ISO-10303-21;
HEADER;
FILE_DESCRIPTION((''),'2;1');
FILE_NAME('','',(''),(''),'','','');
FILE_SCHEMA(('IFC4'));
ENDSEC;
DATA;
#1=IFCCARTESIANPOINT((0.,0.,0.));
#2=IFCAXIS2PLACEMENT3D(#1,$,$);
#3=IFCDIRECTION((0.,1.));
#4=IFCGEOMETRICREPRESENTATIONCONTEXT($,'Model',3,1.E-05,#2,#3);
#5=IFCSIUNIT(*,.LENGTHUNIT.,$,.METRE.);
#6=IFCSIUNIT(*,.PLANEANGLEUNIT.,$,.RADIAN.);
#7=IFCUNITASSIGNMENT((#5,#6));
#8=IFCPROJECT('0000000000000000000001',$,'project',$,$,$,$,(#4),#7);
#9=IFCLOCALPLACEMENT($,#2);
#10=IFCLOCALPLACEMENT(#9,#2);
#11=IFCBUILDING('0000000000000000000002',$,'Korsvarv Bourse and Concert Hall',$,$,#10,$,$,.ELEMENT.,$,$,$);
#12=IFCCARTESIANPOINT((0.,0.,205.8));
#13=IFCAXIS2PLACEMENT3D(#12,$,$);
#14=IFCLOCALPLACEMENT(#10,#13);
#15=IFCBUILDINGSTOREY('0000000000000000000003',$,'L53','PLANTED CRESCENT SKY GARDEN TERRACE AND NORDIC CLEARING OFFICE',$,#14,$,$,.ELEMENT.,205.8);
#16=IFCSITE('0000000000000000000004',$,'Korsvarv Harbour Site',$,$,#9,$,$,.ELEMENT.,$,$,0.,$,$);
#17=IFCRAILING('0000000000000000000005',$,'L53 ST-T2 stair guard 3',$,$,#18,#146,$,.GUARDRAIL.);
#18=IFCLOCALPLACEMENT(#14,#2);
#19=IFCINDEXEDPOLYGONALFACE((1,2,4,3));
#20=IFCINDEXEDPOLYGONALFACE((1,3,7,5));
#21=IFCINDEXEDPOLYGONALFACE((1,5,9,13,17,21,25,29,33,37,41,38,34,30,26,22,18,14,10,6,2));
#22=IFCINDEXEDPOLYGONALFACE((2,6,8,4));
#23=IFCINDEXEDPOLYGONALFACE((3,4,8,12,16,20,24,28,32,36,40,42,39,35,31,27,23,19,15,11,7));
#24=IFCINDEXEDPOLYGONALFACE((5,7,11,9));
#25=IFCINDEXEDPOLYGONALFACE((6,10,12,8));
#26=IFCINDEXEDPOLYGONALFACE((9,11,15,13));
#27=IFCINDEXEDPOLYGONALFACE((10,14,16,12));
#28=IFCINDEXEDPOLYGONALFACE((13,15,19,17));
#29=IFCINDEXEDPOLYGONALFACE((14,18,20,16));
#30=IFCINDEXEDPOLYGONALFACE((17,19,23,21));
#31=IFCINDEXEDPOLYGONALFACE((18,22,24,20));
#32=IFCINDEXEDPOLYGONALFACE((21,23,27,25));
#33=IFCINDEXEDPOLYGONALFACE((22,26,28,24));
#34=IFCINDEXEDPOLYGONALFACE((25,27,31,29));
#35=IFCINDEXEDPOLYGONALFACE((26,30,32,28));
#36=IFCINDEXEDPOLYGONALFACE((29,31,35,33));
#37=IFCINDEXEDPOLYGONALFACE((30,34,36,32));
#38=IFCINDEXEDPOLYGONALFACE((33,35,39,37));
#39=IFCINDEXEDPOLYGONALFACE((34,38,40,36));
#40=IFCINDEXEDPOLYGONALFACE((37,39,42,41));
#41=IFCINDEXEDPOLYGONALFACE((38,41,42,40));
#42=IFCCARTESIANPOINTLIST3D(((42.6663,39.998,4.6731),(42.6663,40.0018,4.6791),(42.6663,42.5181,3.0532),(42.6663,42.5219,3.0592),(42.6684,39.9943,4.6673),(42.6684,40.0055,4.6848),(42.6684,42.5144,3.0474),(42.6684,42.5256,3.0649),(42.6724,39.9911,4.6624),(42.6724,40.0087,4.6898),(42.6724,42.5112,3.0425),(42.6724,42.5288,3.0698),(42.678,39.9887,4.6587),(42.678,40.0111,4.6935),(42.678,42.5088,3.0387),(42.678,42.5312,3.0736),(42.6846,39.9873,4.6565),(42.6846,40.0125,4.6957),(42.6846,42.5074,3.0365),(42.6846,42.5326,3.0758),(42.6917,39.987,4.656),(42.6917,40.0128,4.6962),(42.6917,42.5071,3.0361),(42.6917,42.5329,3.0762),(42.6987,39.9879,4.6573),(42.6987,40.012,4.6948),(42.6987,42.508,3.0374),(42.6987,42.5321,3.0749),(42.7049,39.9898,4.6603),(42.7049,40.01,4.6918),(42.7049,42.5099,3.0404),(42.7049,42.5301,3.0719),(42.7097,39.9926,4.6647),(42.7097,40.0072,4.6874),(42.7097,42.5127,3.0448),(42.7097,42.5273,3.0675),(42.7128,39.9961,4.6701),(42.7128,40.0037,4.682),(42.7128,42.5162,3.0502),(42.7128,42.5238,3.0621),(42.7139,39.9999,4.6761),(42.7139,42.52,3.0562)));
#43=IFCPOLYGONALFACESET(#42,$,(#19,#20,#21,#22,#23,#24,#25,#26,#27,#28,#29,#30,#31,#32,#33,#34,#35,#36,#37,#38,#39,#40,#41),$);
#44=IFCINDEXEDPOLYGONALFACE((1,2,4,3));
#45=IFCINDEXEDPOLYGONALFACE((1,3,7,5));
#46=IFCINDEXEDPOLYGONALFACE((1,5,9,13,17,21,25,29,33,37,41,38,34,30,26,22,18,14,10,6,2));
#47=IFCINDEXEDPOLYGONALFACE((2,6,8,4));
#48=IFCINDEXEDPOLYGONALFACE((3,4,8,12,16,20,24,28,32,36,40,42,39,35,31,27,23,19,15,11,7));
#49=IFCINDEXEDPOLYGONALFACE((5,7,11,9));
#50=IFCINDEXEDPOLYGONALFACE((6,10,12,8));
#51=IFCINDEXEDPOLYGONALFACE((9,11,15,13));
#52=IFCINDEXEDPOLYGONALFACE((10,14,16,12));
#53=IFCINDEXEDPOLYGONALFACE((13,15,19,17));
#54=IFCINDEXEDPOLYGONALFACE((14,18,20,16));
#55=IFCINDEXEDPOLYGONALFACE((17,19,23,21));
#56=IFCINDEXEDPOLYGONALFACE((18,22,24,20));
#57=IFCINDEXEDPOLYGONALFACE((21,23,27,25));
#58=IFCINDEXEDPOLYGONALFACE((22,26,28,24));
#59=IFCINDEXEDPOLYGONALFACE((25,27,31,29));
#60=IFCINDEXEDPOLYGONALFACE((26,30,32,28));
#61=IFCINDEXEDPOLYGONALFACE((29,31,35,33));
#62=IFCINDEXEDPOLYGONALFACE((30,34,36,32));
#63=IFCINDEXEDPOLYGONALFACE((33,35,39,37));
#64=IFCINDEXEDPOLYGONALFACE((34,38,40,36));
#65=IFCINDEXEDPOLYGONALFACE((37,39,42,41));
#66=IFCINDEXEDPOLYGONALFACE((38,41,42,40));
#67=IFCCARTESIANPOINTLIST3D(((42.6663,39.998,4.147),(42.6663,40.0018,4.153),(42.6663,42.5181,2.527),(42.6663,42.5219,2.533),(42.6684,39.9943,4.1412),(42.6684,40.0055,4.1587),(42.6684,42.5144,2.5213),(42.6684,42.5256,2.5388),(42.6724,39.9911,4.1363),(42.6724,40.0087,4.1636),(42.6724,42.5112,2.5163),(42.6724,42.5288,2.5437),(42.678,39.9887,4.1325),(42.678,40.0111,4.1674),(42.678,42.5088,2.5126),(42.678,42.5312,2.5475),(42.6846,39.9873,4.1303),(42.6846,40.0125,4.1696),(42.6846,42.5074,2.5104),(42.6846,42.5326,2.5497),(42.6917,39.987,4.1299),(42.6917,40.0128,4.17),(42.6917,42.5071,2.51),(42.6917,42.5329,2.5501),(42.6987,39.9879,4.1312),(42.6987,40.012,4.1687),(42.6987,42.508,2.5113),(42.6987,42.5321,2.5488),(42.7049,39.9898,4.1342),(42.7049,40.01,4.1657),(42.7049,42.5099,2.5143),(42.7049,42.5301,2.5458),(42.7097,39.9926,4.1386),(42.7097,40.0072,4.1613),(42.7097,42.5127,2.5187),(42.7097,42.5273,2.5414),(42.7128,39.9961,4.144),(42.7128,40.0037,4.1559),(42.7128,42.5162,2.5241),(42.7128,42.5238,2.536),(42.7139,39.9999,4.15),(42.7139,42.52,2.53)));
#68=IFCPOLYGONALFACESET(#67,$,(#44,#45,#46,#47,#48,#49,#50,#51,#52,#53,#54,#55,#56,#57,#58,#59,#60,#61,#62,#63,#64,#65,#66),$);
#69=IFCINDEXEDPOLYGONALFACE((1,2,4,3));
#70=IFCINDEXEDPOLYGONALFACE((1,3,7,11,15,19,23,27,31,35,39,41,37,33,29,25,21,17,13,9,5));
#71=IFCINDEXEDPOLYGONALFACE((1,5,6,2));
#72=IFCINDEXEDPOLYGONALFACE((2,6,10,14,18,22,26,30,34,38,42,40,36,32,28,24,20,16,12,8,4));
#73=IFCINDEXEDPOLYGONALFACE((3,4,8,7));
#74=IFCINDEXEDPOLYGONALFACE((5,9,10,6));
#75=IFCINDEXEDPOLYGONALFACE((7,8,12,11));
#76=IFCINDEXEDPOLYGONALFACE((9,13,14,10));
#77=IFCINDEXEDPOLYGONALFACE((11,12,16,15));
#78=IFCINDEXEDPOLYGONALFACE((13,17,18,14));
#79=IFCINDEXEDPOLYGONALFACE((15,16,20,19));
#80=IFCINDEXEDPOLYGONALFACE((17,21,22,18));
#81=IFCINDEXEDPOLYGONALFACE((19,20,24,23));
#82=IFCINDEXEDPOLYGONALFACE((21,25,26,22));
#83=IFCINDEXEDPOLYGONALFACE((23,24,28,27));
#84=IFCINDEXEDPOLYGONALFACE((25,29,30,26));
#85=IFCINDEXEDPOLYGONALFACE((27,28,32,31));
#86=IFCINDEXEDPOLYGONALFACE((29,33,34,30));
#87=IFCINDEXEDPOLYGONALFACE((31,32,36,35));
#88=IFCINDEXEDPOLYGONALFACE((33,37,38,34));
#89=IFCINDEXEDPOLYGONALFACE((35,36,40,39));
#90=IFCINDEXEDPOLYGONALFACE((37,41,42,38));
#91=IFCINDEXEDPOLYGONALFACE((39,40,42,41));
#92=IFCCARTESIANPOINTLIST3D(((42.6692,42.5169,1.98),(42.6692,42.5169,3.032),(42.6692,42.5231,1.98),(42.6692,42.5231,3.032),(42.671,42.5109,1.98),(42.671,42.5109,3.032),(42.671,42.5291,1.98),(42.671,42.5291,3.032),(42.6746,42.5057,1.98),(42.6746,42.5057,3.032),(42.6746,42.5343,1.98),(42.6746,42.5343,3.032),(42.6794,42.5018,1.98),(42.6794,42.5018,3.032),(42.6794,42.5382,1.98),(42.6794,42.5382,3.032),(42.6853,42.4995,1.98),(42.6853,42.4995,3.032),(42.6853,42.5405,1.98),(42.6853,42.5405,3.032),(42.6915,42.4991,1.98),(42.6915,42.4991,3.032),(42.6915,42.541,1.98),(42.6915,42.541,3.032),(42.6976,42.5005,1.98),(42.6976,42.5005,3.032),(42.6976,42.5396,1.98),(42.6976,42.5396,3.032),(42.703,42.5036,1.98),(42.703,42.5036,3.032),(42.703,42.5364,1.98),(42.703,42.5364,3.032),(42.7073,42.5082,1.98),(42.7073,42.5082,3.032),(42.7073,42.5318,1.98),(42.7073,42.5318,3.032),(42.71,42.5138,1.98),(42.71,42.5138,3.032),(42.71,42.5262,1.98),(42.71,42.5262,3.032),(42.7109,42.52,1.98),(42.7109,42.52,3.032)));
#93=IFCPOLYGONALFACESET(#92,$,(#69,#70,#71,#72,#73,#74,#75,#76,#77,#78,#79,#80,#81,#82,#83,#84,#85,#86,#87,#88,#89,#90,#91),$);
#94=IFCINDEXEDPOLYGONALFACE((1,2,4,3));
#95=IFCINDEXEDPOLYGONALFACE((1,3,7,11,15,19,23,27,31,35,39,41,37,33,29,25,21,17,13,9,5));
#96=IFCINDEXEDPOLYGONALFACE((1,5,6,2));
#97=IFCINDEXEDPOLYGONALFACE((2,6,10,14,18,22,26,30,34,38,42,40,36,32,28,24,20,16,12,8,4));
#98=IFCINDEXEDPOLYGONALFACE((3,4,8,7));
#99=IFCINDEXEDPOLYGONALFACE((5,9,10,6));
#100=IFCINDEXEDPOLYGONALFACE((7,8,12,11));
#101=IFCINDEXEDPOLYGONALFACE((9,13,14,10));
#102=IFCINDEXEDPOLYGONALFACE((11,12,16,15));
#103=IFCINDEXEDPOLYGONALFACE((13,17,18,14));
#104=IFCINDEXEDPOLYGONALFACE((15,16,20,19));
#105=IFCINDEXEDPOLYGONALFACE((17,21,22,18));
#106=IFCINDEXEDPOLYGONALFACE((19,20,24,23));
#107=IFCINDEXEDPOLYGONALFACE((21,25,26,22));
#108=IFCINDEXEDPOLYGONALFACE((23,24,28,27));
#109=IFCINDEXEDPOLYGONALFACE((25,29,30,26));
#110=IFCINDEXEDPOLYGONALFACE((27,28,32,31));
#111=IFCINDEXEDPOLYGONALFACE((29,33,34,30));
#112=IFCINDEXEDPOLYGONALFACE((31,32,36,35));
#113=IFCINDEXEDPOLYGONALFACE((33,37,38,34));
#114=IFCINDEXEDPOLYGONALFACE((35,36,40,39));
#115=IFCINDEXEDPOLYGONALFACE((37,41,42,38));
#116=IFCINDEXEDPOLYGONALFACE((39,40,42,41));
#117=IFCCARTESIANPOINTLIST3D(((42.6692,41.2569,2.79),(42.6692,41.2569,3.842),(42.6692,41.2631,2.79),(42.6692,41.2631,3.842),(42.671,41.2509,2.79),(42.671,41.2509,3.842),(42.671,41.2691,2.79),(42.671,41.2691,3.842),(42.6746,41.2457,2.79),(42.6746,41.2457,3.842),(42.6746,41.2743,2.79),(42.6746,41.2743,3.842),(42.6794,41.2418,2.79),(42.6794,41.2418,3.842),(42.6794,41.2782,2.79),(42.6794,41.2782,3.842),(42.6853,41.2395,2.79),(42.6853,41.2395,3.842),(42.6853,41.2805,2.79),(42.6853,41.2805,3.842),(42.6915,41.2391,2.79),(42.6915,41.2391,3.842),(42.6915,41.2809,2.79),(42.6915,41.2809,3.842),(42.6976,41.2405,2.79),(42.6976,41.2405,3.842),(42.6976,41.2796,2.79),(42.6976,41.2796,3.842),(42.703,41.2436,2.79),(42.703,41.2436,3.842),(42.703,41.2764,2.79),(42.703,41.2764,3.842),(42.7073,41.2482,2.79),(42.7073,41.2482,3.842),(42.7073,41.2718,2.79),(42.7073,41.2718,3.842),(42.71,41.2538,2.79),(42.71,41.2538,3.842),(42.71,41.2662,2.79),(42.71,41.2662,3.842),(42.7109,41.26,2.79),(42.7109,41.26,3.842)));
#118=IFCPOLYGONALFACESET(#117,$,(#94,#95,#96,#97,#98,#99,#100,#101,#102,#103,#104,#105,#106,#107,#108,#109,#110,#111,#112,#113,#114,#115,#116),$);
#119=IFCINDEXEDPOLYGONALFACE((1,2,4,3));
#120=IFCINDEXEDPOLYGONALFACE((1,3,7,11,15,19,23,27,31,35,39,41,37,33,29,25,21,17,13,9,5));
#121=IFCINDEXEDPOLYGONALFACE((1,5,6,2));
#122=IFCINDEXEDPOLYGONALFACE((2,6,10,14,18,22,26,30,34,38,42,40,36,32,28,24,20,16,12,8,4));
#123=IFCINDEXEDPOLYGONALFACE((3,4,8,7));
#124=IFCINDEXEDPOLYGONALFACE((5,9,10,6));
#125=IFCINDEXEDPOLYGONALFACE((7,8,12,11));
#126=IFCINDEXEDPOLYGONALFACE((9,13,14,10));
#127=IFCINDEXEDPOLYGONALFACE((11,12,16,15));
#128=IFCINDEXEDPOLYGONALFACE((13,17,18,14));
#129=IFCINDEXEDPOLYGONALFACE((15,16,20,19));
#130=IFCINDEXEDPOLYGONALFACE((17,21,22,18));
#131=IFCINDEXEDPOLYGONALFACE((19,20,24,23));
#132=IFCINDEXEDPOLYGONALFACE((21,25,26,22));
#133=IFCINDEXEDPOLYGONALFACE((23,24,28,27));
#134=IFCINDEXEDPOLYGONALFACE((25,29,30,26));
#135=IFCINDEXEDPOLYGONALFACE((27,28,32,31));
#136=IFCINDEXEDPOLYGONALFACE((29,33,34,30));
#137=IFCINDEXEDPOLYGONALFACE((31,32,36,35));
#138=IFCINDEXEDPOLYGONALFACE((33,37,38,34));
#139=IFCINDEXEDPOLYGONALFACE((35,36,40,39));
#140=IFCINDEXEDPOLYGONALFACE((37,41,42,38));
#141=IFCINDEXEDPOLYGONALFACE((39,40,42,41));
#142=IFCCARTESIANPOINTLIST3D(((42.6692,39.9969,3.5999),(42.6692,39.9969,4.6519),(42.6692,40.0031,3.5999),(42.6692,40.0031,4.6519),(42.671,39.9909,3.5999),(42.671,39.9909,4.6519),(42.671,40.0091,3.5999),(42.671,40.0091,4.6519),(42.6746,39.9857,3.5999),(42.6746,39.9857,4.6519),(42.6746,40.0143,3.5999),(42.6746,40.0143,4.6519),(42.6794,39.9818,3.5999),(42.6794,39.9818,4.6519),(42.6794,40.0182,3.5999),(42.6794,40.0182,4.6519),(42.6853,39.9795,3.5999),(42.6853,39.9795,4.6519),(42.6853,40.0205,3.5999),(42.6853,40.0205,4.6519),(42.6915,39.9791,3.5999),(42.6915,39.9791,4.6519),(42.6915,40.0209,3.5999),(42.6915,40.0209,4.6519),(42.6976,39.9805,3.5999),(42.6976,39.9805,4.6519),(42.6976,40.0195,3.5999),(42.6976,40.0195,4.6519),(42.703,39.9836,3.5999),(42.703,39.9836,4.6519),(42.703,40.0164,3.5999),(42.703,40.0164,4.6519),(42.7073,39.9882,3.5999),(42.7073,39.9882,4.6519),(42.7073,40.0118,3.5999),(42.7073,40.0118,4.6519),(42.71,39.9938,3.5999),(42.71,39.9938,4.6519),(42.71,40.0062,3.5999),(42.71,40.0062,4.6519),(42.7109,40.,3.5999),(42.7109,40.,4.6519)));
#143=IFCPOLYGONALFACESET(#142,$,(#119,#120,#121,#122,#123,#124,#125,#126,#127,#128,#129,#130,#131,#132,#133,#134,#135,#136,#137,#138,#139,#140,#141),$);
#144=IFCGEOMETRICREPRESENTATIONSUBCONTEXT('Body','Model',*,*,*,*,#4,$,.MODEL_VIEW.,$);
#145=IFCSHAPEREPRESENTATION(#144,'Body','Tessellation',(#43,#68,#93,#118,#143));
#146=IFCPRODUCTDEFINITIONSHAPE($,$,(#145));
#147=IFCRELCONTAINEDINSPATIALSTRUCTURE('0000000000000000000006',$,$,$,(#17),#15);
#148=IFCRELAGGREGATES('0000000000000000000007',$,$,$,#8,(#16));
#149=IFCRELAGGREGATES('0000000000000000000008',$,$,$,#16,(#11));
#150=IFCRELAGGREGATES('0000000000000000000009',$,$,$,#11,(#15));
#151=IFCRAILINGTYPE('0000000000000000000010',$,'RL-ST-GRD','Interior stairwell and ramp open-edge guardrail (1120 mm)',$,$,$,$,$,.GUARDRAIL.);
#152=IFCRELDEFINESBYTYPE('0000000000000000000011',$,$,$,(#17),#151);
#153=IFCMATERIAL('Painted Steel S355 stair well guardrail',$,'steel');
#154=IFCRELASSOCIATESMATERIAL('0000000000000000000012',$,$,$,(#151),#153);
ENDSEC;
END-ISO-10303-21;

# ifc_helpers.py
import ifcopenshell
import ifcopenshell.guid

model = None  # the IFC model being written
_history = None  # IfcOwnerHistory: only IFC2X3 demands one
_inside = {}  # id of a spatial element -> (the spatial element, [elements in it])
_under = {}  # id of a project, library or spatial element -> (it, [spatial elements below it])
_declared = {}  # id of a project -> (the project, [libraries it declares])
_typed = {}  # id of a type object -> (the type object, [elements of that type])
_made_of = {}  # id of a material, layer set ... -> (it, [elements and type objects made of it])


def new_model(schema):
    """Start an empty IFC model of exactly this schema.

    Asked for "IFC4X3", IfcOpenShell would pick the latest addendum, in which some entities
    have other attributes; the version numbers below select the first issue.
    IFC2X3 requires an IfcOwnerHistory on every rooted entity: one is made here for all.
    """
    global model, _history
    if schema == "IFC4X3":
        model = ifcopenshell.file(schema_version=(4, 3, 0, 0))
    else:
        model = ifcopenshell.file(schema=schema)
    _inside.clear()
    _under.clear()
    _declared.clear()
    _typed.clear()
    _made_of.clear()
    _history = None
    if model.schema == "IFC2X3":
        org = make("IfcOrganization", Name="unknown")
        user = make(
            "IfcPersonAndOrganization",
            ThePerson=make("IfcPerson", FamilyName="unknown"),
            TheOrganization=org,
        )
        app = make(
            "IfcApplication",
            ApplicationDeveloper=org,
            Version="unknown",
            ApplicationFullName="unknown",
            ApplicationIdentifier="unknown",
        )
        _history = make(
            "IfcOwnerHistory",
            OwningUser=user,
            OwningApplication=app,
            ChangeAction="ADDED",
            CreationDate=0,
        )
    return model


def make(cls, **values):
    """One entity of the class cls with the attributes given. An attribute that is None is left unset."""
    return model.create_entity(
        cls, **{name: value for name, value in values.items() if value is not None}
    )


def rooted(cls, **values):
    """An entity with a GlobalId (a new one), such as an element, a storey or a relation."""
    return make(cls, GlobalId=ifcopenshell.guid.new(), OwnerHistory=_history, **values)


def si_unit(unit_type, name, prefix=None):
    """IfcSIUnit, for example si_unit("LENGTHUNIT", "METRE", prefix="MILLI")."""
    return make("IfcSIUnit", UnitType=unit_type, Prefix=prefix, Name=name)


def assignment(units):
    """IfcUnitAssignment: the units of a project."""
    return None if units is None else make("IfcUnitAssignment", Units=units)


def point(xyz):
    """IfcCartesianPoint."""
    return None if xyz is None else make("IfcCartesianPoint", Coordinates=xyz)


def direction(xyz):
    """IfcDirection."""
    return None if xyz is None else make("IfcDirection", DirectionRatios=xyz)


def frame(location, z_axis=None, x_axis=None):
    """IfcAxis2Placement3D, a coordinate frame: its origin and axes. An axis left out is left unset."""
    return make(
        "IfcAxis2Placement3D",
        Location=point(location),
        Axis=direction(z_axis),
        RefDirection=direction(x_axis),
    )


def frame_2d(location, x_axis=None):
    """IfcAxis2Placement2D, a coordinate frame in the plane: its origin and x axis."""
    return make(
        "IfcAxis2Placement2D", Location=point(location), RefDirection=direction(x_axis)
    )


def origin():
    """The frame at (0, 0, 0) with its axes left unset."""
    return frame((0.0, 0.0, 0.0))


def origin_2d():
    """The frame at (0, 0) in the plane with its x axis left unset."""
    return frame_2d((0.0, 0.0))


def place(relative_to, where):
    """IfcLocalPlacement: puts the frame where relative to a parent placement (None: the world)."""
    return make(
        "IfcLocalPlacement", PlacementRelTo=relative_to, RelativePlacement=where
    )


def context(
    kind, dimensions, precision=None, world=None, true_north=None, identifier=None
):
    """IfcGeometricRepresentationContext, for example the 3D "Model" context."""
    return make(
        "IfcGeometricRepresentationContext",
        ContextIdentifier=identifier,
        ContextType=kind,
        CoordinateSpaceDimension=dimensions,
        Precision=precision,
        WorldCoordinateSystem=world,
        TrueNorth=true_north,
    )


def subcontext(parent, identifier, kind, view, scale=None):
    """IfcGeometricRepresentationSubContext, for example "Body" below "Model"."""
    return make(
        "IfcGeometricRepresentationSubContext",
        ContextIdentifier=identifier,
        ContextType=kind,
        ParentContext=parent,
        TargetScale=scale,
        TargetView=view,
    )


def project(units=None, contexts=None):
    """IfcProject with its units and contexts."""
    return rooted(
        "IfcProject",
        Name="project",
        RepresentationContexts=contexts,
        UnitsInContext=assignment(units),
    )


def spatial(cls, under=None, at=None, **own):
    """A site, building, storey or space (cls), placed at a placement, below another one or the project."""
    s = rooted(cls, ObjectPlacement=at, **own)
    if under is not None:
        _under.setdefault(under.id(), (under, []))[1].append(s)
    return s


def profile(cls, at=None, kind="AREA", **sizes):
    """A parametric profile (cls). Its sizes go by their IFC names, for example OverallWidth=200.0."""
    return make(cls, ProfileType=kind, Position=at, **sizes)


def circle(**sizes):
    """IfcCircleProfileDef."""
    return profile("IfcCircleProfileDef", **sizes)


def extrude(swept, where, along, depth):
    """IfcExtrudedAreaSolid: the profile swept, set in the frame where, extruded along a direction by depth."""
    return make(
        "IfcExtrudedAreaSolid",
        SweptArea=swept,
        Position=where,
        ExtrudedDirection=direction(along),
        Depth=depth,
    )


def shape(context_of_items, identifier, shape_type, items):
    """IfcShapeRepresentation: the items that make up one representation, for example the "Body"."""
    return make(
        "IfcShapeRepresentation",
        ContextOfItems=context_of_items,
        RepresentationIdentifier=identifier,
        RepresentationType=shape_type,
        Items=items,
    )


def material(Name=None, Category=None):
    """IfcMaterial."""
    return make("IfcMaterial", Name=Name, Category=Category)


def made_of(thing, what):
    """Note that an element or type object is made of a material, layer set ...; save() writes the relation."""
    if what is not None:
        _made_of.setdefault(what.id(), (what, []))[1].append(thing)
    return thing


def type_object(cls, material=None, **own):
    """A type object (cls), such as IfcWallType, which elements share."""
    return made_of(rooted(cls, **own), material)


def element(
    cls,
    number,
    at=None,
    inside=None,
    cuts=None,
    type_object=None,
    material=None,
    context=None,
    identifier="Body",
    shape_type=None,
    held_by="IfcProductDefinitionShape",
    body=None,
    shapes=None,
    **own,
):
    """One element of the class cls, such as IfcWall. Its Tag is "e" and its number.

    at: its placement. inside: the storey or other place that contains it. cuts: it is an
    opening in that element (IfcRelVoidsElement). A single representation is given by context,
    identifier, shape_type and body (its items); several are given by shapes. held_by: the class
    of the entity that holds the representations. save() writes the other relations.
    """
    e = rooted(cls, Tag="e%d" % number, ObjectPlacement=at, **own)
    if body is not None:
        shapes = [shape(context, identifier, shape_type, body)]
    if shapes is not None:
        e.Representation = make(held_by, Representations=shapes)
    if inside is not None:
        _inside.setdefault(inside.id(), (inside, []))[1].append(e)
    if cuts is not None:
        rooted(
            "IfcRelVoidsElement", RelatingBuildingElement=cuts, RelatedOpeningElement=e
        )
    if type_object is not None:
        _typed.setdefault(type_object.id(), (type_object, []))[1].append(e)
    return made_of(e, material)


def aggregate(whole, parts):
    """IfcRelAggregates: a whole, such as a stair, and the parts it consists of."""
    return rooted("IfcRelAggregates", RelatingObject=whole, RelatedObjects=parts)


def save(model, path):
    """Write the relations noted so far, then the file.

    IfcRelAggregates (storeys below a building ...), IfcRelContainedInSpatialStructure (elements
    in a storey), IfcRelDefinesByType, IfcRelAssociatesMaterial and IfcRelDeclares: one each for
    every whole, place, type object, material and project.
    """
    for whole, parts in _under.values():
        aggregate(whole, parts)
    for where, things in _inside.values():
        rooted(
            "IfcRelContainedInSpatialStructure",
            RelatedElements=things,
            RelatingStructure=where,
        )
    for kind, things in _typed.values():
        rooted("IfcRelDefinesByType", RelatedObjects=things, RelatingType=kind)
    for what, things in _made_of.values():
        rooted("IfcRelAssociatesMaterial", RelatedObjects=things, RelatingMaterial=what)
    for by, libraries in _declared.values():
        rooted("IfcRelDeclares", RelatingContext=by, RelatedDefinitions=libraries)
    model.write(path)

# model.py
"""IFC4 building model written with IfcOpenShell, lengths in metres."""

from ifc_helpers import new_model, si_unit, direction, frame, origin, origin_2d, place, context, subcontext, project, spatial, circle, extrude, material, type_object, element, save


model = new_model("IFC4")

# Units and contexts
model_context = context("Model", 3, precision=1e-05, world=origin(), true_north=direction((0.0, 1.0)))
body_context = subcontext(model_context, "Body", "Model", "MODEL_VIEW")
ifc_project = project(units=[si_unit("LENGTHUNIT", "METRE"), si_unit("PLANEANGLEUNIT", "RADIAN")], contexts=[model_context])

# Site, building, storey
site_placement = place(None, origin())
site = spatial("IfcSite", under=ifc_project, at=site_placement, Name="Korsvarv Harbour Site", CompositionType="ELEMENT", RefElevation=0.0)
building_placement = place(site_placement, origin())
building = spatial("IfcBuilding", under=site, at=building_placement, Name="Korsvarv Bourse and Concert Hall", CompositionType="ELEMENT")
storey_placement = place(building_placement, frame((0.0, 0.0, 205.8)))
storey = spatial("IfcBuildingStorey", under=building, at=storey_placement, Name="L53", Description="PLANTED CRESCENT SKY GARDEN TERRACE AND NORDIC CLEARING OFFICE", CompositionType="ELEMENT", Elevation=205.8)

# Railing
ifc_material_1 = material(Name="Painted Steel S355 stair well guardrail", Category="steel")
railing_type_1 = type_object("IfcRailingType", Name="RL-ST-GRD", Description="Interior stairwell and ramp open-edge guardrail (1120 mm)", PredefinedType="GUARDRAIL", material=ifc_material_1)
railing_1_placement = place(storey_placement, frame((42.6899, 42.52, 1.98)))
element("IfcRailing", 1, at=railing_1_placement, inside=storey, type_object=railing_type_1, Name="L53 ST-T2 stair guard 3", PredefinedType="GUARDRAIL", context=body_context, shape_type="SweptSolid", body=[
    extrude(circle(Radius=0.0239, at=origin_2d()), frame((0.0, 0.0, 1.0762), z_axis=(0.0, -0.8412, 0.540725), x_axis=(1.0, 0.0, 0.0)), (0.0, 0.0, 1.0), 2.9958),
    extrude(circle(Radius=0.0239, at=origin_2d()), frame((0.0, 0.0, 0.55), z_axis=(0.0, -0.8412, 0.540725), x_axis=(1.0, 0.0, 0.0)), (0.0, 0.0, 1.0), 2.9958),
    extrude(circle(Radius=0.021, at=origin_2d()), origin(), (0.0, 0.0, 1.0), 1.052),
    extrude(circle(Radius=0.021, at=origin_2d()), frame((0.0, -1.26, 0.8101)), (0.0, 0.0, 1.0), 1.052),
    extrude(circle(Radius=0.021, at=origin_2d()), frame((0.0, -2.52, 1.6199)), (0.0, 0.0, 1.0), 1.052),
])

save(model, "model.ifc")
